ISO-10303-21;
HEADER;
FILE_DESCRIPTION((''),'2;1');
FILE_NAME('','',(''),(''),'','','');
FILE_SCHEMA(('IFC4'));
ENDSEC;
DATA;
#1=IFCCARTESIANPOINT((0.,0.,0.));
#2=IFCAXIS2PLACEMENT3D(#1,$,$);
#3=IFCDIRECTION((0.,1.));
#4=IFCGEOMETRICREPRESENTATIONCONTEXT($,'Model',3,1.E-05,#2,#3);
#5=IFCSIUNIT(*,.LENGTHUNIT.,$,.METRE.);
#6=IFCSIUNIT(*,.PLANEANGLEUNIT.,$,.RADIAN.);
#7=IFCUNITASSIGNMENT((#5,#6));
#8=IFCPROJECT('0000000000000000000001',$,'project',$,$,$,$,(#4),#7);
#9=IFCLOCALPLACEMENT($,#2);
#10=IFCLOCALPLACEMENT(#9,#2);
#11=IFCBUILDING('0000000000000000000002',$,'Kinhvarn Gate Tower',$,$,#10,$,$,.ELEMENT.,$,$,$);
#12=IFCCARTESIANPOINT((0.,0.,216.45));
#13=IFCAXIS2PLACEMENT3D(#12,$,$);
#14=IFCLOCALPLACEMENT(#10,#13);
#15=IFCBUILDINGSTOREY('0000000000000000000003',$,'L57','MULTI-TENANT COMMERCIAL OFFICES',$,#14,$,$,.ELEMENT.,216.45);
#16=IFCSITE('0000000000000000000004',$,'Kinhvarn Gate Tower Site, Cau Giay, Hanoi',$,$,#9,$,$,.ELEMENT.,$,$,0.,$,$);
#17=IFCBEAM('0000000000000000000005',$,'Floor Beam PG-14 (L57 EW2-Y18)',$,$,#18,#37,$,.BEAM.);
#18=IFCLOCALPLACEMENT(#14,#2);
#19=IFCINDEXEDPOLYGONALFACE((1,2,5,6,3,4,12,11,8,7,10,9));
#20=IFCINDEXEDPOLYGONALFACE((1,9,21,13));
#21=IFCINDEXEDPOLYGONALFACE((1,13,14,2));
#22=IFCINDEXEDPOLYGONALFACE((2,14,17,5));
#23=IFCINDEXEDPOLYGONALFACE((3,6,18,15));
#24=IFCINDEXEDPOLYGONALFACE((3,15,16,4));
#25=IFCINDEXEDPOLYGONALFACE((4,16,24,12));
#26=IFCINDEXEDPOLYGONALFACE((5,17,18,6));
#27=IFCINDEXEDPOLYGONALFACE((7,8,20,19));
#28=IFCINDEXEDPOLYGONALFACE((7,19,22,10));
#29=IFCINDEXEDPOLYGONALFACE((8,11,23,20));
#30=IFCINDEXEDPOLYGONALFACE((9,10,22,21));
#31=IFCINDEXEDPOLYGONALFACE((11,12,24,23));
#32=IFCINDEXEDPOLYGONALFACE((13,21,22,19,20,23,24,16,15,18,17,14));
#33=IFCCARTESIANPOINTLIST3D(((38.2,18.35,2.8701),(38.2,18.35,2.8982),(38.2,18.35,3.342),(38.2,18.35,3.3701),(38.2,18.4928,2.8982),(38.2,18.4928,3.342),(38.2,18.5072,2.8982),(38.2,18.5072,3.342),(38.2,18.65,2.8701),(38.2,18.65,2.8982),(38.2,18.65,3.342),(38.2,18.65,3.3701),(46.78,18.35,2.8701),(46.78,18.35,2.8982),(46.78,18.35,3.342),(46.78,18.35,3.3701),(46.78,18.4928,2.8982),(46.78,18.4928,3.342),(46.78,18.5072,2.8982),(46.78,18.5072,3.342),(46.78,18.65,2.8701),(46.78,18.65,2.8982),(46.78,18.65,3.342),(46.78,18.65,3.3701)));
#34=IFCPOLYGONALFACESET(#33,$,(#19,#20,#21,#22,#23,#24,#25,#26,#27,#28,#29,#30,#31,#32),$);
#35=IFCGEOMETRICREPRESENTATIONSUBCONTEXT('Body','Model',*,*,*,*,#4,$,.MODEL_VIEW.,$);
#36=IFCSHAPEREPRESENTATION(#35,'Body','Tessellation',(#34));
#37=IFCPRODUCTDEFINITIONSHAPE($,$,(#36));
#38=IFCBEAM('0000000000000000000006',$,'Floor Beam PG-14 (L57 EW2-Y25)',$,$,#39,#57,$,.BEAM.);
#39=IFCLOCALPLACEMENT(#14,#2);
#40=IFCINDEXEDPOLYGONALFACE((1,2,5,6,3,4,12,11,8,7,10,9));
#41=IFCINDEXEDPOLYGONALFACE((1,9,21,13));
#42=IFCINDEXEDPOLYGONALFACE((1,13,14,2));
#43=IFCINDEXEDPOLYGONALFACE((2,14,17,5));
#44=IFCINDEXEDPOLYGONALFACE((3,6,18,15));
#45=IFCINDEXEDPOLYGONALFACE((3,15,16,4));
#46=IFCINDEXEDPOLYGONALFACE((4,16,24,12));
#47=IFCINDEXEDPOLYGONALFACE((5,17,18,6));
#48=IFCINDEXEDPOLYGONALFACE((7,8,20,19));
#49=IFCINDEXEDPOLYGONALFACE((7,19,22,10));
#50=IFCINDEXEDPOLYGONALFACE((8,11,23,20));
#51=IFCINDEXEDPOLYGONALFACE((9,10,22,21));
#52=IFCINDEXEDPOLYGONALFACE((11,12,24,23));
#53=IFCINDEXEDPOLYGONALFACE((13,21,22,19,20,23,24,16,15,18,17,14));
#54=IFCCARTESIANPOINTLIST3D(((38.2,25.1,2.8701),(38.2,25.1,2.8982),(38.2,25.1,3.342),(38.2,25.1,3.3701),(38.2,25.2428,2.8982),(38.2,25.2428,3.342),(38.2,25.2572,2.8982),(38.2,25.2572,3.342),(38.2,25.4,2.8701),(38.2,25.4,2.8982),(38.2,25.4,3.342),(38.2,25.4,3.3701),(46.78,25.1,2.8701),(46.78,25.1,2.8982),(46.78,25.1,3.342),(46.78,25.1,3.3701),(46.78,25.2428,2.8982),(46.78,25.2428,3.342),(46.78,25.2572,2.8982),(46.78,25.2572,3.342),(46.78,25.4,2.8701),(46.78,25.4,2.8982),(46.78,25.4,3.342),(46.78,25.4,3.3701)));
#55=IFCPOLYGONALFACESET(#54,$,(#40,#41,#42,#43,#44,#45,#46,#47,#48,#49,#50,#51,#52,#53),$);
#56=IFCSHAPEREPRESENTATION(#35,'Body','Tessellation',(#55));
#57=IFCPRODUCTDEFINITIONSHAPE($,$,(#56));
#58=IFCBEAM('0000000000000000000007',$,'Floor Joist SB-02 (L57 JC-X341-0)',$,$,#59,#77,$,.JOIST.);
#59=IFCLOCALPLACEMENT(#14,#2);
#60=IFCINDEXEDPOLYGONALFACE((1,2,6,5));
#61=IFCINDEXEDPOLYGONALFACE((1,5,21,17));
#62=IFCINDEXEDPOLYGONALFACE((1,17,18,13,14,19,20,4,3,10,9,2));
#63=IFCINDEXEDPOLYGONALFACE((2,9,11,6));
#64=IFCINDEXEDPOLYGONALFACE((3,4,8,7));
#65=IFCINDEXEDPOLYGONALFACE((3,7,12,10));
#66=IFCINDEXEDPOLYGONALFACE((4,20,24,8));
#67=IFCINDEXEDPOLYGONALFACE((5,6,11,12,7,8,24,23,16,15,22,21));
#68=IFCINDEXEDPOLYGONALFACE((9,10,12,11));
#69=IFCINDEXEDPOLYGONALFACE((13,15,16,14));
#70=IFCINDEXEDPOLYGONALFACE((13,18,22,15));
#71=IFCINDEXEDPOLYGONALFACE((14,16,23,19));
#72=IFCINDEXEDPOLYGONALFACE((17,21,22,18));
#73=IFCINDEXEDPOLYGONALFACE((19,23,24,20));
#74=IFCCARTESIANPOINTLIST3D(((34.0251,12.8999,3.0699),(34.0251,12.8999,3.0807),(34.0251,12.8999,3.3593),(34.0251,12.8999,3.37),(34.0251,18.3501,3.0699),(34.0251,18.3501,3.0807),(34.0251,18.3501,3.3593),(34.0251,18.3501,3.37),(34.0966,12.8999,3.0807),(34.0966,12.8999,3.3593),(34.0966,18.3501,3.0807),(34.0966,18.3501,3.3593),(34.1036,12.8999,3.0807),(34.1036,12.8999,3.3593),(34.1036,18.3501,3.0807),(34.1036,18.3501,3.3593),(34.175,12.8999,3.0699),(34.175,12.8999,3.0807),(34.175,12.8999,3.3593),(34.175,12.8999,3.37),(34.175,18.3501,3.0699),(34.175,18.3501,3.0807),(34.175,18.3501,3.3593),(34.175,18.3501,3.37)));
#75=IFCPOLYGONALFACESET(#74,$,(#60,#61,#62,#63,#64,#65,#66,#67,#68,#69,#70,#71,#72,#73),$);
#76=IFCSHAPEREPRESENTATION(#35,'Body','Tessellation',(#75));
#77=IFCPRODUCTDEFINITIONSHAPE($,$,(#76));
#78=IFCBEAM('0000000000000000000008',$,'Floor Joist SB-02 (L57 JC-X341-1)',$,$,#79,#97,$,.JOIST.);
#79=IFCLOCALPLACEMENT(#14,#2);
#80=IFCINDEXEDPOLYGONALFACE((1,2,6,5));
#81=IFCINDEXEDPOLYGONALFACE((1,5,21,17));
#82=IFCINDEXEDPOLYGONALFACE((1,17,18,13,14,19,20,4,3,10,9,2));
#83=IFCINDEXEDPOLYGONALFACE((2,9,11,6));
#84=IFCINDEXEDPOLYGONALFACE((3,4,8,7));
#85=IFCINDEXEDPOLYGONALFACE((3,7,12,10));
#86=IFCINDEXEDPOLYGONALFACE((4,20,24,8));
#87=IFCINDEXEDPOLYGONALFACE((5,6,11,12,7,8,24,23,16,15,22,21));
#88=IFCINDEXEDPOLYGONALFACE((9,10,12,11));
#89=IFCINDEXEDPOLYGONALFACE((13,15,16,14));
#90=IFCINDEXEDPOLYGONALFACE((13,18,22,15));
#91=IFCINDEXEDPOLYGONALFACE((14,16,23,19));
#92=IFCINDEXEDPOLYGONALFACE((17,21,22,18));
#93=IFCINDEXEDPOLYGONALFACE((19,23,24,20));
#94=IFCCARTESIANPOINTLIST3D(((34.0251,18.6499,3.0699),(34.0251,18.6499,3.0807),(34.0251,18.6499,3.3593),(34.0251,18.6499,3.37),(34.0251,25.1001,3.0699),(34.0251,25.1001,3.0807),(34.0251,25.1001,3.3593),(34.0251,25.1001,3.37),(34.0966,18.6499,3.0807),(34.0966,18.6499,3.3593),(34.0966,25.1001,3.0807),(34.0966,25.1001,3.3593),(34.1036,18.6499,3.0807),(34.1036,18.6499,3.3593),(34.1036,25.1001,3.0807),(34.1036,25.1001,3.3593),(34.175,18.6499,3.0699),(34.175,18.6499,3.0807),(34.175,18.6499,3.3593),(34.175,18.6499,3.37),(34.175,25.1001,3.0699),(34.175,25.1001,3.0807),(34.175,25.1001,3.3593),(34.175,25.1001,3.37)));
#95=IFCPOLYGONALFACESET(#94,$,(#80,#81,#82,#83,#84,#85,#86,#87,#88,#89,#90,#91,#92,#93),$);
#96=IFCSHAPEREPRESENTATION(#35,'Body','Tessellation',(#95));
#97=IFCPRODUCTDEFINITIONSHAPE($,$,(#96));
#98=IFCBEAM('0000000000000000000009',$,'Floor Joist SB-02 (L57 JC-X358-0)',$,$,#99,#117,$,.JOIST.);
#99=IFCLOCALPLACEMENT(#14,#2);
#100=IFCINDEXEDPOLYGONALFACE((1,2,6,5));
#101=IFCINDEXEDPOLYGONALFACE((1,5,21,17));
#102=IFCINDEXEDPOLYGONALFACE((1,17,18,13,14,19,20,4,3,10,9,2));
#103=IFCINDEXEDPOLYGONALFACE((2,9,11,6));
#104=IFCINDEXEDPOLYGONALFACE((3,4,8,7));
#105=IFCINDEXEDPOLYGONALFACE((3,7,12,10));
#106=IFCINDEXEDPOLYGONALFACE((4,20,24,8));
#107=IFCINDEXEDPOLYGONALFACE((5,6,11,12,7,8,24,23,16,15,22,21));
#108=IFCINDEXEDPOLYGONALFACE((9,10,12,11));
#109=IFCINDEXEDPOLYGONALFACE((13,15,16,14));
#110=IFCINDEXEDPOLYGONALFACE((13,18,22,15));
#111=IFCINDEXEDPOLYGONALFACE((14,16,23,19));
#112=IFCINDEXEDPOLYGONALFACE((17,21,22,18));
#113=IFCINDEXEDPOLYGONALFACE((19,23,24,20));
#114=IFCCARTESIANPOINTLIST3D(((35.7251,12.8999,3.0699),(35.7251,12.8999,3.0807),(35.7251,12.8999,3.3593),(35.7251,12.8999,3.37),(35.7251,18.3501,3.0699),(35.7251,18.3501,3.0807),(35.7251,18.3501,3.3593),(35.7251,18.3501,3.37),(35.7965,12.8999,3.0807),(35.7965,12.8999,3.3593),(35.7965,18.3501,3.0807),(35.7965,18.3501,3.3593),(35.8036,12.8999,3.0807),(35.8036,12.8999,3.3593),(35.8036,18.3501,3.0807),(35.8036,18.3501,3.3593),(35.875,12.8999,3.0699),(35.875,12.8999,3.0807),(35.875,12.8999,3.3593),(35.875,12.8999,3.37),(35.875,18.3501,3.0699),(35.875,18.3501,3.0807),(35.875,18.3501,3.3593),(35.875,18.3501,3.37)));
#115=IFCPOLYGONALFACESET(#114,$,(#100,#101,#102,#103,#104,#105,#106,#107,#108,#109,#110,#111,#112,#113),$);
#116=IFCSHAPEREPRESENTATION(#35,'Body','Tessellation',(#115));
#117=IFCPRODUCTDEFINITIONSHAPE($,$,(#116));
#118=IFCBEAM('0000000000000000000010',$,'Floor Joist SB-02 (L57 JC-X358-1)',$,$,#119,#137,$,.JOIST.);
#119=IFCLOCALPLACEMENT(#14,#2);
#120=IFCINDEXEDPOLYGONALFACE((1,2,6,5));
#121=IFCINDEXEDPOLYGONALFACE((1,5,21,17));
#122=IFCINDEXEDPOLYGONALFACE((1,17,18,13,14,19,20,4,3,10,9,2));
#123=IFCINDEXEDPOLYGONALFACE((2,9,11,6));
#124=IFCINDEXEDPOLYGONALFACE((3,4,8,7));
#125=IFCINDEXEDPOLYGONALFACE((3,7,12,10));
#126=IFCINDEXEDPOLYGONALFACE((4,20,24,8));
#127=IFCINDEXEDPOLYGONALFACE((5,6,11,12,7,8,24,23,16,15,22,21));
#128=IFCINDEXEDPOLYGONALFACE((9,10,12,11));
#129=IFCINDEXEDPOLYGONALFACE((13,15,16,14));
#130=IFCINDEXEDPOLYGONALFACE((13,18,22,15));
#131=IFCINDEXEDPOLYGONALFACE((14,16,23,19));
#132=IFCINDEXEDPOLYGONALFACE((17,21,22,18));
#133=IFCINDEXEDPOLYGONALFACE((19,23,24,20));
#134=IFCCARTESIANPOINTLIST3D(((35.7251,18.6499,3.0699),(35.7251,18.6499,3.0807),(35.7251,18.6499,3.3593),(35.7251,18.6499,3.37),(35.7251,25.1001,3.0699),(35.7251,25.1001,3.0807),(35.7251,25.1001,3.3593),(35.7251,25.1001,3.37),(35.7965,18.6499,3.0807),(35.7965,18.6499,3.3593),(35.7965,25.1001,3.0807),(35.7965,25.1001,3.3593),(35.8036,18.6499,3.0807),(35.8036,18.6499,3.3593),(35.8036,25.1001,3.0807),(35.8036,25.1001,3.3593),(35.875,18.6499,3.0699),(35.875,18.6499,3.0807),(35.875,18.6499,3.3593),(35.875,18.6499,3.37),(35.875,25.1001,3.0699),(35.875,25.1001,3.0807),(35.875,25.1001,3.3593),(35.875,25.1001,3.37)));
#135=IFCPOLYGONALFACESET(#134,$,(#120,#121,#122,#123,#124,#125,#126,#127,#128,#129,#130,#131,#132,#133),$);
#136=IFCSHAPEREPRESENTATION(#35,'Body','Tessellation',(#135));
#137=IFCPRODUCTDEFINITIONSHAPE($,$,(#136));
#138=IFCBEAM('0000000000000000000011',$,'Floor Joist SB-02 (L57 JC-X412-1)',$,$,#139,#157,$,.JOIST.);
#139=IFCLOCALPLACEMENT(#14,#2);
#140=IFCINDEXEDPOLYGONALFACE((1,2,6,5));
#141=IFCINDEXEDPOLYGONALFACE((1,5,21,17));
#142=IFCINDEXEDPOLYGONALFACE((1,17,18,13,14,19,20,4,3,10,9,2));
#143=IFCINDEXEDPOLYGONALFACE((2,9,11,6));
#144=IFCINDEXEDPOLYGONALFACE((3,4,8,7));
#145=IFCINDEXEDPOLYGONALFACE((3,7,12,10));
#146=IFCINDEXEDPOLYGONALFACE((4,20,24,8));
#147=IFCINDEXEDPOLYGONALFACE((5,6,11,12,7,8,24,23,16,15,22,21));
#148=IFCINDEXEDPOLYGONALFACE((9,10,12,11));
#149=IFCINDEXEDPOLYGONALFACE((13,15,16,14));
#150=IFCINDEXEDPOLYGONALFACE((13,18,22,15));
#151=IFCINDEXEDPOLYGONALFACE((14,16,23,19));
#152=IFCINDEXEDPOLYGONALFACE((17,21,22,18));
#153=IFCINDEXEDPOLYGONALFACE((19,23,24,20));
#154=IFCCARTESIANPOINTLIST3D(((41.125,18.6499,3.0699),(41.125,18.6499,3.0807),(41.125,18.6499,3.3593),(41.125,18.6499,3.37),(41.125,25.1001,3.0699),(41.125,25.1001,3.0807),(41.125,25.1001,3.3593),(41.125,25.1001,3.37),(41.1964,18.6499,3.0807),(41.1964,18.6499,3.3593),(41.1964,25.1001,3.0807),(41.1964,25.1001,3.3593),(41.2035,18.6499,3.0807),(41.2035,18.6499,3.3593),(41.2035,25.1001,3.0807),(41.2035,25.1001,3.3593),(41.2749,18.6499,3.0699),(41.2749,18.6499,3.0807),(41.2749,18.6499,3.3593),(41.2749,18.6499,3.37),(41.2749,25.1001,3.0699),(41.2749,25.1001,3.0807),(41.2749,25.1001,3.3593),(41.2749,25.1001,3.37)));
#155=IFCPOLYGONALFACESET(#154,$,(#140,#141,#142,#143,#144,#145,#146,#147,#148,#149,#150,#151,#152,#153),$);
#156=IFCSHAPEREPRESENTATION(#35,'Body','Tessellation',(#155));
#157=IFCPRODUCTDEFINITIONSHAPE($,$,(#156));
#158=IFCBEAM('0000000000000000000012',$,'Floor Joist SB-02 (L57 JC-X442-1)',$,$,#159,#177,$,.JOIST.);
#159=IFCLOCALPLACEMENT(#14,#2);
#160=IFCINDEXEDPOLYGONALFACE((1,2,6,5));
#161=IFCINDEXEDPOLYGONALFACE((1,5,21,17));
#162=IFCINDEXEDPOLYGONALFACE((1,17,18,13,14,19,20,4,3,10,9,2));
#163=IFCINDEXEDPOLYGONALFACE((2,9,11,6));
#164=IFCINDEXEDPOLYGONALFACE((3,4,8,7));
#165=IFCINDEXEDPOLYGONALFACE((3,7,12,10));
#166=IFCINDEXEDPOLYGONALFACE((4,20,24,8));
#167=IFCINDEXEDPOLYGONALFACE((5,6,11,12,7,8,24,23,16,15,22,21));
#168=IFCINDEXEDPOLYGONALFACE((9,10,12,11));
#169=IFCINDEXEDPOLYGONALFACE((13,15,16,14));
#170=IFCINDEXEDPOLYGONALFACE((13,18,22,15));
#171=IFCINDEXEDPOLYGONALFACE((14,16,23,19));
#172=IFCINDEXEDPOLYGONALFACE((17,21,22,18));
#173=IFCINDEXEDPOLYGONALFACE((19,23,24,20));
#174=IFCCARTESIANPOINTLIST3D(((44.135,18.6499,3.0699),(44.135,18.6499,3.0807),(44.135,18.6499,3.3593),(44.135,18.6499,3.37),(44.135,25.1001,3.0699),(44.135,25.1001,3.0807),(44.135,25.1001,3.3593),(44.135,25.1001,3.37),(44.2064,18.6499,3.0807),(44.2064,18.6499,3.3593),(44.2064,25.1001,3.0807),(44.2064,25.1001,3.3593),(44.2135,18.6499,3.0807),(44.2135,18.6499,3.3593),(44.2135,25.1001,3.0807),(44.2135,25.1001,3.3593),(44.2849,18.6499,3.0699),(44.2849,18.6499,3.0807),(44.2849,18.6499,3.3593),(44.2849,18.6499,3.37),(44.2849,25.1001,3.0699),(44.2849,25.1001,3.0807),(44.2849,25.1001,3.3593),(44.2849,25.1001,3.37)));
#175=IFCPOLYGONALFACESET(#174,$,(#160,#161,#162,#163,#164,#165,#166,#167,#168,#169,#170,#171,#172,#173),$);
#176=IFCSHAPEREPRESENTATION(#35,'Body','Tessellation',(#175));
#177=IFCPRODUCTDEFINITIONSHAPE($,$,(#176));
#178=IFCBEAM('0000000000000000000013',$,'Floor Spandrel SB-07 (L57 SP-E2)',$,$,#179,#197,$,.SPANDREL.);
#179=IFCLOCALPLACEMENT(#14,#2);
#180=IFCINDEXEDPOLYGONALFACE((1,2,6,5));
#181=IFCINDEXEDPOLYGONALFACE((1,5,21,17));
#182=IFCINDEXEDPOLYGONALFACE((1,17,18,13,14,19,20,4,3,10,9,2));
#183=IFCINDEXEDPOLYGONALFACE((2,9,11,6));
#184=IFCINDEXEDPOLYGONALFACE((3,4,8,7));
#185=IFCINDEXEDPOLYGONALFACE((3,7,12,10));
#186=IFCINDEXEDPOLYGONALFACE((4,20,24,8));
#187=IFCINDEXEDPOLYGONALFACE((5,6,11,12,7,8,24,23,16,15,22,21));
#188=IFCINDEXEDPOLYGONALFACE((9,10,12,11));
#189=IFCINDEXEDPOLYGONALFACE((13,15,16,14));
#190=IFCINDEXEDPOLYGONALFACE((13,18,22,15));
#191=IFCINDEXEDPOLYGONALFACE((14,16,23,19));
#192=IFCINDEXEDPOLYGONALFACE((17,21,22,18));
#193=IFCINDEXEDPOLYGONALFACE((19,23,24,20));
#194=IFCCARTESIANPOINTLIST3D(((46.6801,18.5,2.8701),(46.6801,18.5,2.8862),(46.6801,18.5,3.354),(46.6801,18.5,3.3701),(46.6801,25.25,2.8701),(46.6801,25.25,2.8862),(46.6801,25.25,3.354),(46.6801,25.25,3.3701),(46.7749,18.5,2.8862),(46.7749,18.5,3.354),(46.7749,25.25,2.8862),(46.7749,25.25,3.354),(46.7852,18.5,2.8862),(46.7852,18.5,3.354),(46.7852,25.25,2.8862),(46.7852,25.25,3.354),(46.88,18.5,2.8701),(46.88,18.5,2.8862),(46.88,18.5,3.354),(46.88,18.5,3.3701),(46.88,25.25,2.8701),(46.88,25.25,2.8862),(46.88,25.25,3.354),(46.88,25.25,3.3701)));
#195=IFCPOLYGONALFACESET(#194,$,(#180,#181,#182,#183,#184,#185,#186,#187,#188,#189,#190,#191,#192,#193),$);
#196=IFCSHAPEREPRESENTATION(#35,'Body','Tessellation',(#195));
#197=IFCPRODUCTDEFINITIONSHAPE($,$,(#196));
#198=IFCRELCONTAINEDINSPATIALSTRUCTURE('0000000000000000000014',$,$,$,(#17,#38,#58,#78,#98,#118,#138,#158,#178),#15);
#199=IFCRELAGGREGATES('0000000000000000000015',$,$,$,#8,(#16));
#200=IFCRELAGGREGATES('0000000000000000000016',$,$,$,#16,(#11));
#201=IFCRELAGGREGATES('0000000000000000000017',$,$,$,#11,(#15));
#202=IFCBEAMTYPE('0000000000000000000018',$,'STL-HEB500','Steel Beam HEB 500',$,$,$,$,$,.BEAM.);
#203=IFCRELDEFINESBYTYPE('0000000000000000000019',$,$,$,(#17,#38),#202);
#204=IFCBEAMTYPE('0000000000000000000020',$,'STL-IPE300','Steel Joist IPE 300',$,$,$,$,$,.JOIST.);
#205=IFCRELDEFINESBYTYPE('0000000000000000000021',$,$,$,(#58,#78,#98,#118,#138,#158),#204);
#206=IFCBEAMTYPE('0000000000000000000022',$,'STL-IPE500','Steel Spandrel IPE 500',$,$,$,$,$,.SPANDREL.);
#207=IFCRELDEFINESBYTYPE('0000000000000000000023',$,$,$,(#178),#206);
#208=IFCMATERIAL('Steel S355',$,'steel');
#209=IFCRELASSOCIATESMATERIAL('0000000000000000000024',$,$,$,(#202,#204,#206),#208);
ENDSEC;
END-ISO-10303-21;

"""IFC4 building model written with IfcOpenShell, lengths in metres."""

from ifc_helpers import new_model, si_unit, direction, frame, origin, origin_2d, place, context, subcontext, project, spatial, i_section, extrude, material, material_profile, profile_set, type_object, element, save


model = new_model("IFC4")

# Units and contexts
model_context = context("Model", 3, precision=1e-05, world=origin(), true_north=direction((0.0, 1.0)))
body_context = subcontext(model_context, "Body", "Model", "MODEL_VIEW")
ifc_project = project(units=[si_unit("LENGTHUNIT", "METRE"), si_unit("PLANEANGLEUNIT", "RADIAN")], contexts=[model_context])

# Site, building, storey
site_placement = place(None, origin())
site = spatial("IfcSite", under=ifc_project, at=site_placement, Name="Kinhvarn Gate Tower Site, Cau Giay, Hanoi", CompositionType="ELEMENT", RefElevation=0.0)
building_placement = place(site_placement, origin())
building = spatial("IfcBuilding", under=site, at=building_placement, Name="Kinhvarn Gate Tower", CompositionType="ELEMENT")
storey_placement = place(building_placement, frame((0.0, 0.0, 216.45)))
storey = spatial("IfcBuildingStorey", under=building, at=storey_placement, Name="L57", Description="MULTI-TENANT COMMERCIAL OFFICES", CompositionType="ELEMENT", Elevation=216.45)

# Beams
ifc_material_1 = material(Name="Steel S355", Category="steel")
ifc_material_profile_1 = material_profile(ifc_material_1, i_section(OverallWidth=0.3, OverallDepth=0.5, WebThickness=0.0144, FlangeThickness=0.0281, at=origin_2d()), Name="HEB 500")
ifc_profile_set_1 = profile_set([ifc_material_profile_1], Name="Steel S355")
beam_type_1 = type_object("IfcBeamType", Name="STL-HEB500", Description="Steel Beam HEB 500", PredefinedType="BEAM", material=ifc_profile_set_1)
for number, where, z_axis, x_axis, name in (
    (1, (38.2, 18.5, 3.1201), (1.0, 0.0, 0.0), (0.0, 1.0, 0.0), "Floor Beam PG-14 (L57 EW2-Y18)"),
    (2, (38.2, 25.25, 3.1201), (1.0, 0.0, 0.0), (0.0, 1.0, 0.0), "Floor Beam PG-14 (L57 EW2-Y25)"),
):
    element("IfcBeam", number, at=place(storey_placement, frame(where, z_axis=z_axis, x_axis=x_axis)), inside=storey, type_object=beam_type_1, Name=name, PredefinedType="BEAM", context=body_context, shape_type="SweptSolid", body=[
        extrude(i_section(OverallWidth=0.3, OverallDepth=0.5, WebThickness=0.0144, FlangeThickness=0.0281, at=origin_2d()), origin(), (0.0, 0.0, 1.0), 8.5801),
    ])
ifc_material_profile_2 = material_profile(ifc_material_1, i_section(OverallWidth=0.1499, OverallDepth=0.3, WebThickness=0.0071, FlangeThickness=0.0107, at=origin_2d()), Name="IPE 300")
ifc_profile_set_2 = profile_set([ifc_material_profile_2], Name="Steel S355")
beam_type_2 = type_object("IfcBeamType", Name="STL-IPE300", Description="Steel Joist IPE 300", PredefinedType="JOIST", material=ifc_profile_set_2)
beam_1_placement = place(storey_placement, frame((34.1001, 12.8999, 3.22), z_axis=(0.0, 1.0, 0.0), x_axis=(-1.0, 0.0, 0.0)))
element("IfcBeam", 3, at=beam_1_placement, inside=storey, type_object=beam_type_2, Name="Floor Joist SB-02 (L57 JC-X341-0)", PredefinedType="JOIST", context=body_context, shape_type="SweptSolid", body=[
    extrude(i_section(OverallWidth=0.1499, OverallDepth=0.3, WebThickness=0.0071, FlangeThickness=0.0107, at=origin_2d()), origin(), (0.0, 0.0, 1.0), 5.4502),
])
beam_2_placement = place(storey_placement, frame((34.1001, 18.6499, 3.22), z_axis=(0.0, 1.0, 0.0), x_axis=(-1.0, 0.0, 0.0)))
element("IfcBeam", 4, at=beam_2_placement, inside=storey, type_object=beam_type_2, Name="Floor Joist SB-02 (L57 JC-X341-1)", PredefinedType="JOIST", context=body_context, shape_type="SweptSolid", body=[
    extrude(i_section(OverallWidth=0.1499, OverallDepth=0.3, WebThickness=0.0071, FlangeThickness=0.0107, at=origin_2d()), origin(), (0.0, 0.0, 1.0), 6.4502),
])
beam_3_placement = place(storey_placement, frame((35.8, 12.8999, 3.22), z_axis=(0.0, 1.0, 0.0), x_axis=(-1.0, 0.0, 0.0)))
element("IfcBeam", 5, at=beam_3_placement, inside=storey, type_object=beam_type_2, Name="Floor Joist SB-02 (L57 JC-X358-0)", PredefinedType="JOIST", context=body_context, shape_type="SweptSolid", body=[
    extrude(i_section(OverallWidth=0.1499, OverallDepth=0.3, WebThickness=0.0071, FlangeThickness=0.0107, at=origin_2d()), origin(), (0.0, 0.0, 1.0), 5.4502),
])
for number, where, z_axis, x_axis, name in (
    (6, (35.8, 18.6499, 3.22), (0.0, 1.0, 0.0), (-1.0, 0.0, 0.0), "Floor Joist SB-02 (L57 JC-X358-1)"),
    (7, (41.2, 18.6499, 3.22), (0.0, 1.0, 0.0), (-1.0, 0.0, 0.0), "Floor Joist SB-02 (L57 JC-X412-1)"),
    (8, (44.21, 18.6499, 3.22), (0.0, 1.0, 0.0), (-1.0, 0.0, 0.0), "Floor Joist SB-02 (L57 JC-X442-1)"),
):
    element("IfcBeam", number, at=place(storey_placement, frame(where, z_axis=z_axis, x_axis=x_axis)), inside=storey, type_object=beam_type_2, Name=name, PredefinedType="JOIST", context=body_context, shape_type="SweptSolid", body=[
        extrude(i_section(OverallWidth=0.1499, OverallDepth=0.3, WebThickness=0.0071, FlangeThickness=0.0107, at=origin_2d()), origin(), (0.0, 0.0, 1.0), 6.4502),
    ])
ifc_material_profile_3 = material_profile(ifc_material_1, i_section(OverallWidth=0.2, OverallDepth=0.5, WebThickness=0.0103, FlangeThickness=0.0161, at=origin_2d()), Name="IPE 500")
ifc_profile_set_3 = profile_set([ifc_material_profile_3], Name="Steel S355")
beam_type_3 = type_object("IfcBeamType", Name="STL-IPE500", Description="Steel Spandrel IPE 500", PredefinedType="SPANDREL", material=ifc_profile_set_3)
beam_4_placement = place(storey_placement, frame((46.78, 18.5, 3.1201), z_axis=(0.0, 1.0, 0.0), x_axis=(-1.0, 0.0, 0.0)))
element("IfcBeam", 9, at=beam_4_placement, inside=storey, type_object=beam_type_3, Name="Floor Spandrel SB-07 (L57 SP-E2)", PredefinedType="SPANDREL", context=body_context, shape_type="SweptSolid", body=[
    extrude(i_section(OverallWidth=0.2, OverallDepth=0.5, WebThickness=0.0103, FlangeThickness=0.0161, at=origin_2d()), origin(), (0.0, 0.0, 1.0), 6.75),
])

save(model, "model.ifc")
